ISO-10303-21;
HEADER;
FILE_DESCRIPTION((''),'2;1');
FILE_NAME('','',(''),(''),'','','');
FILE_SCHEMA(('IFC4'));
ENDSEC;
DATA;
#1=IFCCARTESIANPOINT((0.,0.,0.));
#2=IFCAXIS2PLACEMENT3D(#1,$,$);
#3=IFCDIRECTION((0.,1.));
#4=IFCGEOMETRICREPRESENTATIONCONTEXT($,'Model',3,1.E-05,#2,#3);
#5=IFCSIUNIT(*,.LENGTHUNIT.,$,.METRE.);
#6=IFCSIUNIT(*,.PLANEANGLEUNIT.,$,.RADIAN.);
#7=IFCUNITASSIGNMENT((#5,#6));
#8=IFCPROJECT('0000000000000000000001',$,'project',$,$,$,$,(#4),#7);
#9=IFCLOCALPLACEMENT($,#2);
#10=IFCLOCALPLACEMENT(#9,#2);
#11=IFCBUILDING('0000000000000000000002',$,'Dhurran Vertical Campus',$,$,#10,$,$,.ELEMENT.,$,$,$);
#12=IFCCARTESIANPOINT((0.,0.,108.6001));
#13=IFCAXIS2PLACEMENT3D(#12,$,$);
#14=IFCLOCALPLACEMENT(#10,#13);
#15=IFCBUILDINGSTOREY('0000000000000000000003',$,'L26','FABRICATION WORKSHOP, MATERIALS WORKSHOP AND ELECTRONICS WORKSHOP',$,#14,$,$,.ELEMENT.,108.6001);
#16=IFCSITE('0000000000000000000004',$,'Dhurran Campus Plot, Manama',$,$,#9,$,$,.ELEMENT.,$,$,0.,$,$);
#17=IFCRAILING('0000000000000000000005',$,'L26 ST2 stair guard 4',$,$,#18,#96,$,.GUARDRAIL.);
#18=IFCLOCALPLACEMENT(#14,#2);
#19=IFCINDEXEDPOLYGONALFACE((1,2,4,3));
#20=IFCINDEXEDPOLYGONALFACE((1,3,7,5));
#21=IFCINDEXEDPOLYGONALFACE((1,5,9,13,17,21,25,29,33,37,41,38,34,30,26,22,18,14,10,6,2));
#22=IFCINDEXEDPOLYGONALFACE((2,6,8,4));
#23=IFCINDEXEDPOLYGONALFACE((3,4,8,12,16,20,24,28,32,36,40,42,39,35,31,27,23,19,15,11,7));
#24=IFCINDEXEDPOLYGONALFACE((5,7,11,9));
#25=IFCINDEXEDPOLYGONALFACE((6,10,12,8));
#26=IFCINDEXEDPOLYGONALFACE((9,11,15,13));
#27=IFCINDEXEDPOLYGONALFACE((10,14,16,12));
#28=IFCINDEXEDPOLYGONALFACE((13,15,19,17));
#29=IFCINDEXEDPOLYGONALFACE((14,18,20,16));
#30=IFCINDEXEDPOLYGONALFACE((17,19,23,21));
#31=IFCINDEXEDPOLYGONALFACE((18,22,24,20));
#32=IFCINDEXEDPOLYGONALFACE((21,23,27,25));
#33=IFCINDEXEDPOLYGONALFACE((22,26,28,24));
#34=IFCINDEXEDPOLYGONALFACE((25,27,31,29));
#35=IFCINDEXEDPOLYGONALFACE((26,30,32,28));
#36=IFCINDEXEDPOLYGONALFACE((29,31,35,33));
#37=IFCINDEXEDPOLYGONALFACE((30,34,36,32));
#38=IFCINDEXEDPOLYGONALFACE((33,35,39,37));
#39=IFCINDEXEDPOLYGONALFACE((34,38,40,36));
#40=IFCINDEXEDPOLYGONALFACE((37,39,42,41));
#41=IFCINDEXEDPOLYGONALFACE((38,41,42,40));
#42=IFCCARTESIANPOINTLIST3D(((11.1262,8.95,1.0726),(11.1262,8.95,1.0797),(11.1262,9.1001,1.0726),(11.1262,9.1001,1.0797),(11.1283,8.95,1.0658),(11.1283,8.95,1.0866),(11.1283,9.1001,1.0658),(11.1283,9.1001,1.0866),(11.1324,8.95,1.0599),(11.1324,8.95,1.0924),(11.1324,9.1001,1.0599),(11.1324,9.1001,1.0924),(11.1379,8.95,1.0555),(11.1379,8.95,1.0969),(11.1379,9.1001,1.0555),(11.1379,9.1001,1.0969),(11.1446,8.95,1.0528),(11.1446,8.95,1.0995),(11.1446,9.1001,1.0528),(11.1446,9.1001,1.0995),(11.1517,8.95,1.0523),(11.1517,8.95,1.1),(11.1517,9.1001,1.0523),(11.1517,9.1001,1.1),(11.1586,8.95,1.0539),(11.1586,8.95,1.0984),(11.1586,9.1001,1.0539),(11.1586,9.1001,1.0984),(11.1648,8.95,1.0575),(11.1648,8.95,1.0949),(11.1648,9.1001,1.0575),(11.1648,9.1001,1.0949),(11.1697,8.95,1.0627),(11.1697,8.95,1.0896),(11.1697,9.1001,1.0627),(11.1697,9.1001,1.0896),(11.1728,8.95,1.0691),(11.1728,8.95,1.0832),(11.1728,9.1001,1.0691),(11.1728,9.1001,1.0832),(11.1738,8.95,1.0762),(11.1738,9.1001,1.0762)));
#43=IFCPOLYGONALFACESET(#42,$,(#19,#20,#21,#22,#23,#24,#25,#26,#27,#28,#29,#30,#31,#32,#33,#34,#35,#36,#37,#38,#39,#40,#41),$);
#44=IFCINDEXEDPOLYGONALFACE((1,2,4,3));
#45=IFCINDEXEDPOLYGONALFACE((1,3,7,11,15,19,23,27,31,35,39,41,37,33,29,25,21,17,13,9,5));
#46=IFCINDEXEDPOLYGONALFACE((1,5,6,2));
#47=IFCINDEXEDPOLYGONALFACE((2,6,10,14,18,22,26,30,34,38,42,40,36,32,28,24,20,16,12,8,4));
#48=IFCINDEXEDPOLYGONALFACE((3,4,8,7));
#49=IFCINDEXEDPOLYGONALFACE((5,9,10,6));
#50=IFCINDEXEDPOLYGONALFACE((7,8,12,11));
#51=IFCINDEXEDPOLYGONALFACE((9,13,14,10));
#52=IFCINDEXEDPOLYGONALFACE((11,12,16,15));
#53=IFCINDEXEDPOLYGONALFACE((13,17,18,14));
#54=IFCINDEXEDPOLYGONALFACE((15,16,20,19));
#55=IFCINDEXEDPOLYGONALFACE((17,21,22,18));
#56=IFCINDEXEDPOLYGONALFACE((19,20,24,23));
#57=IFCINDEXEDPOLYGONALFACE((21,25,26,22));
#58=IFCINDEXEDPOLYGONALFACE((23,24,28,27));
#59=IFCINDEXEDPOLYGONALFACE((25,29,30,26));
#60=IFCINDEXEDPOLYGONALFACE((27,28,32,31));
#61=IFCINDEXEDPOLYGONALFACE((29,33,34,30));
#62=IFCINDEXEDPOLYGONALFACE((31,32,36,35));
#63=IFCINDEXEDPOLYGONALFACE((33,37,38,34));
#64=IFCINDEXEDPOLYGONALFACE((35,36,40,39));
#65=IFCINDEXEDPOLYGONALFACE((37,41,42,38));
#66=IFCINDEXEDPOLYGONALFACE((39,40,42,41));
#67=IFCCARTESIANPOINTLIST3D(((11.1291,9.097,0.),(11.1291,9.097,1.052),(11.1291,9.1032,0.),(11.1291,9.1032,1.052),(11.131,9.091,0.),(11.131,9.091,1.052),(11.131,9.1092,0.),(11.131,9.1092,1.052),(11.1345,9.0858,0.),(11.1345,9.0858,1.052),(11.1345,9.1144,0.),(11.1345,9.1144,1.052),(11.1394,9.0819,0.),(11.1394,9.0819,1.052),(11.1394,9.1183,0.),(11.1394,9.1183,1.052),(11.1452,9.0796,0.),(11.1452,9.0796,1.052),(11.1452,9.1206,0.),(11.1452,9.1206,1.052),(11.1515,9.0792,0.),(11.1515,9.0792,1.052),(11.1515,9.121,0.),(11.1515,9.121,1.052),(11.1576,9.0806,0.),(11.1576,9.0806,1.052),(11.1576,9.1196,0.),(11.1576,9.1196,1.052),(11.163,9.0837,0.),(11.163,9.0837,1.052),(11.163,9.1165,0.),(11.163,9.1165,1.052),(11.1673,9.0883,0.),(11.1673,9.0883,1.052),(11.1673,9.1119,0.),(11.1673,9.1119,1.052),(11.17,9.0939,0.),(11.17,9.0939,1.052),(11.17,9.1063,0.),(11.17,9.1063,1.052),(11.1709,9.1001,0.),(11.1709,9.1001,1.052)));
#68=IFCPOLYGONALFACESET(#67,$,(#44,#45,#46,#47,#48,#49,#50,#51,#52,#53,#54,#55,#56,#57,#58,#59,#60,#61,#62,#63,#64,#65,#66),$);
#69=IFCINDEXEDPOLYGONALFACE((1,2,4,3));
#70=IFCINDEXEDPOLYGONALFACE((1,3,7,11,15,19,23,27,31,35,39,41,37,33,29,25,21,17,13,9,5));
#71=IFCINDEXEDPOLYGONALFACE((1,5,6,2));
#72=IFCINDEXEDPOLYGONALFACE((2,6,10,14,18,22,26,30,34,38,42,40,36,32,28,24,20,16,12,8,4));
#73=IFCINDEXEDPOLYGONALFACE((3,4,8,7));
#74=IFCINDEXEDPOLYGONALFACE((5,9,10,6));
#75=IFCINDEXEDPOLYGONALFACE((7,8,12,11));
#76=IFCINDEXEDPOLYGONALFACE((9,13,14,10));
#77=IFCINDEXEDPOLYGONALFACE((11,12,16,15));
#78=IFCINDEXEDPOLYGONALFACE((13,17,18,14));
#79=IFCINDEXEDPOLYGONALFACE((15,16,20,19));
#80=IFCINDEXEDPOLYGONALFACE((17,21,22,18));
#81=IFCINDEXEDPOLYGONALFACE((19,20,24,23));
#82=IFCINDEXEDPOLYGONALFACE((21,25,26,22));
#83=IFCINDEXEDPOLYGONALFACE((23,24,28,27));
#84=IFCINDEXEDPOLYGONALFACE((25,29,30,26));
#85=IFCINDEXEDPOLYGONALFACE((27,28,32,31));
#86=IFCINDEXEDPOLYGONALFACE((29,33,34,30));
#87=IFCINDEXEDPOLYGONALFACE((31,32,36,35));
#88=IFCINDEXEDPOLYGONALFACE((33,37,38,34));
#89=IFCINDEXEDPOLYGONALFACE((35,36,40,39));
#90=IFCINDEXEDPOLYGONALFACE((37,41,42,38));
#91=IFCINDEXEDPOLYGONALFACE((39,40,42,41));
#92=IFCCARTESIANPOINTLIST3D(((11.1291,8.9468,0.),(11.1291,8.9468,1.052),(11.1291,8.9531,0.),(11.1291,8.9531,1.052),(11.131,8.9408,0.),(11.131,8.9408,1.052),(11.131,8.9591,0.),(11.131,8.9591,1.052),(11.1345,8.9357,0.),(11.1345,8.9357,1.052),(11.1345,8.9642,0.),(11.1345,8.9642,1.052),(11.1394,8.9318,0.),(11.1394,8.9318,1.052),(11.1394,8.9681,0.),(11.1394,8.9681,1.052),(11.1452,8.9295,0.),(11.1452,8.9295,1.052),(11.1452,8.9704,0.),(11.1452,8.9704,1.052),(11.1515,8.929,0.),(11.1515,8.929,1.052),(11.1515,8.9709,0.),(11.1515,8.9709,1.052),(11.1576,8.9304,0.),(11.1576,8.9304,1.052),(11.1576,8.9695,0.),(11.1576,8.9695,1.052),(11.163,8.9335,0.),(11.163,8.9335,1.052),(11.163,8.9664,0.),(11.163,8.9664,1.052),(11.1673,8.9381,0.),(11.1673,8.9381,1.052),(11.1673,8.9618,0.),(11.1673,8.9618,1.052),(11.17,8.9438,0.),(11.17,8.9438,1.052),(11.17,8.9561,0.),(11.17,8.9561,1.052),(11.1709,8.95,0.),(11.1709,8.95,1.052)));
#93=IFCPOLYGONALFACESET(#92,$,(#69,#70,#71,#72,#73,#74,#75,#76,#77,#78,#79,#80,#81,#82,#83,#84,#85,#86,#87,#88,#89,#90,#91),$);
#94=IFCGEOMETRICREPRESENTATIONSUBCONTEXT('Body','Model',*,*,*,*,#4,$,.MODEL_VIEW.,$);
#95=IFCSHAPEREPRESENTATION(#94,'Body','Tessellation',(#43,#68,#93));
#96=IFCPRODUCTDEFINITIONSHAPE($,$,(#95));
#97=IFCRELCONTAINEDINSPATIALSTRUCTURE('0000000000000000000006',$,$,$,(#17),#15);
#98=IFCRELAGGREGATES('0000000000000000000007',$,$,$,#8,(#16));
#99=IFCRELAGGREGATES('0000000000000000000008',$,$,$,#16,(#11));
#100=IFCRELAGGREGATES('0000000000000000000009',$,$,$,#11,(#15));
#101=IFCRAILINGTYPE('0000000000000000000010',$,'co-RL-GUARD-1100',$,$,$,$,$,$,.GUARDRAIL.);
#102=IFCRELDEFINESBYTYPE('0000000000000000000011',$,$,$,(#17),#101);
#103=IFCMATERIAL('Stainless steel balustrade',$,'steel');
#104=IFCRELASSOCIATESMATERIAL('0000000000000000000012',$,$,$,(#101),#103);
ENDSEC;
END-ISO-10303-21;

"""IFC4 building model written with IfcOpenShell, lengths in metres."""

from ifc_helpers import new_model, si_unit, direction, frame, origin, origin_2d, place, context, subcontext, project, spatial, circle, extrude, material, type_object, element, save


model = new_model("IFC4")

# Units and contexts
model_context = context("Model", 3, precision=1e-05, world=origin(), true_north=direction((0.0, 1.0)))
body_context = subcontext(model_context, "Body", "Model", "MODEL_VIEW")
ifc_project = project(units=[si_unit("LENGTHUNIT", "METRE"), si_unit("PLANEANGLEUNIT", "RADIAN")], contexts=[model_context])

# Site, building, storey
site_placement = place(None, origin())
site = spatial("IfcSite", under=ifc_project, at=site_placement, Name="Dhurran Campus Plot, Manama", CompositionType="ELEMENT", RefElevation=0.0)
building_placement = place(site_placement, origin())
building = spatial("IfcBuilding", under=site, at=building_placement, Name="Dhurran Vertical Campus", CompositionType="ELEMENT")
storey_placement = place(building_placement, frame((0.0, 0.0, 108.6001)))
storey = spatial("IfcBuildingStorey", under=building, at=storey_placement, Name="L26", Description="FABRICATION WORKSHOP, MATERIALS WORKSHOP AND ELECTRONICS WORKSHOP", CompositionType="ELEMENT", Elevation=108.6001)

# Railing
ifc_material_1 = material(Name="Stainless steel balustrade", Category="steel")
railing_type_1 = type_object("IfcRailingType", Name="co-RL-GUARD-1100", PredefinedType="GUARDRAIL", material=ifc_material_1)
railing_1_placement = place(storey_placement, frame((11.1499, 9.1001, 0.0)))
element("IfcRailing", 1, at=railing_1_placement, inside=storey, type_object=railing_type_1, Name="L26 ST2 stair guard 4", PredefinedType="GUARDRAIL", context=body_context, shape_type="SweptSolid", body=[
    extrude(circle(Radius=0.0239, at=origin_2d()), frame((0.0, 0.0, 1.0762), z_axis=(0.0, -1.0, 0.0), x_axis=(1.0, 0.0, 0.0)), (0.0, 0.0, 1.0), 0.1501),
    extrude(circle(Radius=0.021, at=origin_2d()), origin(), (0.0, 0.0, 1.0), 1.052),
    extrude(circle(Radius=0.021, at=origin_2d()), frame((0.0, -0.1501, 0.0)), (0.0, 0.0, 1.0), 1.052),
])

save(model, "model.ifc")
